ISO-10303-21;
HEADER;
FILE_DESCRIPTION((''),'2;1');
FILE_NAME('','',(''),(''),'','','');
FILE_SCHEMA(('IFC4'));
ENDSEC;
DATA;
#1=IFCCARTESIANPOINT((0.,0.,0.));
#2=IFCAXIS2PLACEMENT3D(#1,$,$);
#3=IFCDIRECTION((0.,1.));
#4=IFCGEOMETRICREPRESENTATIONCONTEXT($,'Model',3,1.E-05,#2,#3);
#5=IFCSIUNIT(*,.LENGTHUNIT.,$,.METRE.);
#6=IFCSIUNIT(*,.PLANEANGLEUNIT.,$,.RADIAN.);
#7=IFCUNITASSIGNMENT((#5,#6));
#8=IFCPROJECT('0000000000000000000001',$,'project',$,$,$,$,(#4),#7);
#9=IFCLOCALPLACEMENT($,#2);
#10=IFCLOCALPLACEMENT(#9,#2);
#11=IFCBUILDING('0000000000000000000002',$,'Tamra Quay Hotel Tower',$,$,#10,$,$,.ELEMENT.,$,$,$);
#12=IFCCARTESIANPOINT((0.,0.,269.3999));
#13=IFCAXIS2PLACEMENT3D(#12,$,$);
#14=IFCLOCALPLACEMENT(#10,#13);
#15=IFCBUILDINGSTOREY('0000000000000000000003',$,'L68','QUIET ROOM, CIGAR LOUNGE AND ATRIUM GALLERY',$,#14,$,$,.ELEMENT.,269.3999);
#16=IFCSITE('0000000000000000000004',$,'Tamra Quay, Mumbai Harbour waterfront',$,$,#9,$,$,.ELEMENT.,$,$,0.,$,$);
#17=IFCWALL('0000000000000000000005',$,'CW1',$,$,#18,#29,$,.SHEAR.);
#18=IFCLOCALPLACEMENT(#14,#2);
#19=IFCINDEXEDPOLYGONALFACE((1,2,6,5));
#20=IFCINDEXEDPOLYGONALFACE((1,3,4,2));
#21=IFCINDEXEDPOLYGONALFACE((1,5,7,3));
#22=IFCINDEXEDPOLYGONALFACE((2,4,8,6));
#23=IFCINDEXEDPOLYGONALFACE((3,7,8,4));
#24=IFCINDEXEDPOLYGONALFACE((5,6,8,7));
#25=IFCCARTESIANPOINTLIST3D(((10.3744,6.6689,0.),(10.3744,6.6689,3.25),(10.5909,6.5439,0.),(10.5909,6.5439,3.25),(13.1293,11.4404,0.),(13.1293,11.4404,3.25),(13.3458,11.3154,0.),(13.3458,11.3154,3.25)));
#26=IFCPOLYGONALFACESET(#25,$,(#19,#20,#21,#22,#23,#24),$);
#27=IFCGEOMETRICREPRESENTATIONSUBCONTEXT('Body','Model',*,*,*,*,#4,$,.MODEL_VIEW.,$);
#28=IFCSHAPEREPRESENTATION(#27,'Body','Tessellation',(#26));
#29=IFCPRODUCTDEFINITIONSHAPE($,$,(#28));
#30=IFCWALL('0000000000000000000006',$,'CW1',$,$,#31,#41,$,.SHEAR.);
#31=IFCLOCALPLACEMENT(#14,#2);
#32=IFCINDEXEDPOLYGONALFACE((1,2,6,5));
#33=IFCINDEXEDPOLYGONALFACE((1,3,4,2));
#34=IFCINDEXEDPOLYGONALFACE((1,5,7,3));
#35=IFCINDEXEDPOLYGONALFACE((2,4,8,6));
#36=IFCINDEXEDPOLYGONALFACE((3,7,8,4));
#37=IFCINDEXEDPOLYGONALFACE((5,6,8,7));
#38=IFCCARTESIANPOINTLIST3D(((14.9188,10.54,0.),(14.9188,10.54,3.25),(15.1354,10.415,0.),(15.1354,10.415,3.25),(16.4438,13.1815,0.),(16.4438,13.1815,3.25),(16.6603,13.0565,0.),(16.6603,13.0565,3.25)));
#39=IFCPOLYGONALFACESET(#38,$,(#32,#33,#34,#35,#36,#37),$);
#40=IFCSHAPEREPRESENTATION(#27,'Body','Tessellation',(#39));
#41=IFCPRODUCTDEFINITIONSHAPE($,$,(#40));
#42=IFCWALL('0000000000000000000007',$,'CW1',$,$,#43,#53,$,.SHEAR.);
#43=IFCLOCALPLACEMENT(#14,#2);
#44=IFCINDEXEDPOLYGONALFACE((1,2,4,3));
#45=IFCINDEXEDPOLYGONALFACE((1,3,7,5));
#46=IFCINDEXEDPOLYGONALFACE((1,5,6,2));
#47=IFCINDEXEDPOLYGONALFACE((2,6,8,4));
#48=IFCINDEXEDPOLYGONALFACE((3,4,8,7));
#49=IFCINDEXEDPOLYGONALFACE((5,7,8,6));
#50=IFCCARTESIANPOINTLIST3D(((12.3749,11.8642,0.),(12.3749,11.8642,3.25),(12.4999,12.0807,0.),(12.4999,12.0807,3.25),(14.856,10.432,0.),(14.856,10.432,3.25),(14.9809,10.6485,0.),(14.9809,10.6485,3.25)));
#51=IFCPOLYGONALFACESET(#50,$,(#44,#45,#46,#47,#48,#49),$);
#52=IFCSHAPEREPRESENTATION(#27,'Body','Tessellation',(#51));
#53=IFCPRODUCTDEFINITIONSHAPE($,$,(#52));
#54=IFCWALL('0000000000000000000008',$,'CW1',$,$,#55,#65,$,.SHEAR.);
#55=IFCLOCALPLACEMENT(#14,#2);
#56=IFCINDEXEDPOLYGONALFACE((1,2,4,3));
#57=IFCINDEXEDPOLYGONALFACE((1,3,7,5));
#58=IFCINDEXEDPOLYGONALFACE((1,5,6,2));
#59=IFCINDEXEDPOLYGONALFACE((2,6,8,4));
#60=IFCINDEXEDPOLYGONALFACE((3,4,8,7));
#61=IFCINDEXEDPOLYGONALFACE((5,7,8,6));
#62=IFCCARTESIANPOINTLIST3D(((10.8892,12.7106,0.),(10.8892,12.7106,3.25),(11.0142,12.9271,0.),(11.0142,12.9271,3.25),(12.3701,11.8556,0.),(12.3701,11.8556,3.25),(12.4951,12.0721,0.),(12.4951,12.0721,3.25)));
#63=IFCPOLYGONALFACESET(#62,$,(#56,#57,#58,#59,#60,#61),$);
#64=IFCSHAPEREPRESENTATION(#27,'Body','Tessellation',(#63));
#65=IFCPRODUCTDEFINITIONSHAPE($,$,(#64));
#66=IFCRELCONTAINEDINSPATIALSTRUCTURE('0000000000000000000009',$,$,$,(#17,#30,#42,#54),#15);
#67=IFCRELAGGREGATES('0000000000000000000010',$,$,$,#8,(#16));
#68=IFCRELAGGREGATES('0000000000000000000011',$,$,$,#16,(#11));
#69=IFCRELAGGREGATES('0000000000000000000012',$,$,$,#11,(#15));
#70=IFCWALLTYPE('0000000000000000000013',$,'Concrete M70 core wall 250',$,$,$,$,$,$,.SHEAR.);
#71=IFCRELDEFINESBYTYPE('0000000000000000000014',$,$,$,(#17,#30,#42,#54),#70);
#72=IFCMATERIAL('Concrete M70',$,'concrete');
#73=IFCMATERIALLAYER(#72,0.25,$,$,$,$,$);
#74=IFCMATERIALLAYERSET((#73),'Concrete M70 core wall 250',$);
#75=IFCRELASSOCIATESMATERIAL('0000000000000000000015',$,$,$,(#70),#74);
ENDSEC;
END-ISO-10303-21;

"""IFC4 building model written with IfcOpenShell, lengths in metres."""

from ifc_helpers import new_model, si_unit, direction, frame, frame_2d, origin, place, context, subcontext, project, spatial, rectangle, extrude, material, layer, layer_set, type_object, element, save


model = new_model("IFC4")

# Units and contexts
model_context = context("Model", 3, precision=1e-05, world=origin(), true_north=direction((0.0, 1.0)))
body_context = subcontext(model_context, "Body", "Model", "MODEL_VIEW")
ifc_project = project(units=[si_unit("LENGTHUNIT", "METRE"), si_unit("PLANEANGLEUNIT", "RADIAN")], contexts=[model_context])

# Site, building, storey
site_placement = place(None, origin())
site = spatial("IfcSite", under=ifc_project, at=site_placement, Name="Tamra Quay, Mumbai Harbour waterfront", CompositionType="ELEMENT", RefElevation=0.0)
building_placement = place(site_placement, origin())
building = spatial("IfcBuilding", under=site, at=building_placement, Name="Tamra Quay Hotel Tower", CompositionType="ELEMENT")
storey_placement = place(building_placement, frame((0.0, 0.0, 269.3999)))
storey = spatial("IfcBuildingStorey", under=building, at=storey_placement, Name="L68", Description="QUIET ROOM, CIGAR LOUNGE AND ATRIUM GALLERY", CompositionType="ELEMENT", Elevation=269.3999)

# Shared definitions
ifc_material_1 = material(Name="Concrete M70", Category="concrete")

# Walls
ifc_layer_1 = layer(ifc_material_1, 0.25)
ifc_layer_set_1 = layer_set([ifc_layer_1], Name="Concrete M70 core wall 250")
wall_type = type_object("IfcWallType", Name="Concrete M70 core wall 250", PredefinedType="SHEAR", material=ifc_layer_set_1)
wall_1_placement = place(storey_placement, frame((13.2375, 11.3779, 0.0), z_axis=(0.0, 0.0, 1.0), x_axis=(-0.500009, -0.86602, 0.0)))
element("IfcWall", 1, at=wall_1_placement, inside=storey, type_object=wall_type, Name="CW1", PredefinedType="SHEAR", context=body_context, shape_type="SweptSolid", body=[
    extrude(rectangle(XDim=5.5098, YDim=0.25, at=frame_2d((2.7549, 0.0))), origin(), (0.0, 0.0, 1.0), 3.25),
])
wall_2_placement = place(storey_placement, frame((16.552, 13.1189, 0.0), z_axis=(0.0, 0.0, 1.0), x_axis=(-0.499979, -0.866038, 0.0)))
element("IfcWall", 2, at=wall_2_placement, inside=storey, type_object=wall_type, Name="CW1", PredefinedType="SHEAR", context=body_context, shape_type="SweptSolid", body=[
    extrude(rectangle(XDim=3.05, YDim=0.25, at=frame_2d((1.5249, 0.0))), origin(), (0.0, 0.0, 1.0), 3.25),
])
wall_3_placement = place(storey_placement, frame((14.9185, 10.5403, 0.0), z_axis=(0.0, 0.0, 1.0), x_axis=(-0.866064, 0.499934, 0.0)))
element("IfcWall", 3, at=wall_3_placement, inside=storey, type_object=wall_type, Name="CW1", PredefinedType="SHEAR", context=body_context, shape_type="SweptSolid", body=[
    extrude(rectangle(XDim=2.8647, YDim=0.25, at=frame_2d((1.4324, 0.0))), origin(), (0.0, 0.0, 1.0), 3.25),
])
wall_4_placement = place(storey_placement, frame((12.4326, 11.9639, 0.0), z_axis=(0.0, 0.0, 1.0), x_axis=(-0.866038, 0.499978, 0.0)))
element("IfcWall", 4, at=wall_4_placement, inside=storey, type_object=wall_type, Name="CW1", PredefinedType="SHEAR", context=body_context, shape_type="SweptSolid", body=[
    extrude(rectangle(XDim=1.71, YDim=0.25, at=frame_2d((0.855, 0.0))), origin(), (0.0, 0.0, 1.0), 3.25),
])

save(model, "model.ifc")
